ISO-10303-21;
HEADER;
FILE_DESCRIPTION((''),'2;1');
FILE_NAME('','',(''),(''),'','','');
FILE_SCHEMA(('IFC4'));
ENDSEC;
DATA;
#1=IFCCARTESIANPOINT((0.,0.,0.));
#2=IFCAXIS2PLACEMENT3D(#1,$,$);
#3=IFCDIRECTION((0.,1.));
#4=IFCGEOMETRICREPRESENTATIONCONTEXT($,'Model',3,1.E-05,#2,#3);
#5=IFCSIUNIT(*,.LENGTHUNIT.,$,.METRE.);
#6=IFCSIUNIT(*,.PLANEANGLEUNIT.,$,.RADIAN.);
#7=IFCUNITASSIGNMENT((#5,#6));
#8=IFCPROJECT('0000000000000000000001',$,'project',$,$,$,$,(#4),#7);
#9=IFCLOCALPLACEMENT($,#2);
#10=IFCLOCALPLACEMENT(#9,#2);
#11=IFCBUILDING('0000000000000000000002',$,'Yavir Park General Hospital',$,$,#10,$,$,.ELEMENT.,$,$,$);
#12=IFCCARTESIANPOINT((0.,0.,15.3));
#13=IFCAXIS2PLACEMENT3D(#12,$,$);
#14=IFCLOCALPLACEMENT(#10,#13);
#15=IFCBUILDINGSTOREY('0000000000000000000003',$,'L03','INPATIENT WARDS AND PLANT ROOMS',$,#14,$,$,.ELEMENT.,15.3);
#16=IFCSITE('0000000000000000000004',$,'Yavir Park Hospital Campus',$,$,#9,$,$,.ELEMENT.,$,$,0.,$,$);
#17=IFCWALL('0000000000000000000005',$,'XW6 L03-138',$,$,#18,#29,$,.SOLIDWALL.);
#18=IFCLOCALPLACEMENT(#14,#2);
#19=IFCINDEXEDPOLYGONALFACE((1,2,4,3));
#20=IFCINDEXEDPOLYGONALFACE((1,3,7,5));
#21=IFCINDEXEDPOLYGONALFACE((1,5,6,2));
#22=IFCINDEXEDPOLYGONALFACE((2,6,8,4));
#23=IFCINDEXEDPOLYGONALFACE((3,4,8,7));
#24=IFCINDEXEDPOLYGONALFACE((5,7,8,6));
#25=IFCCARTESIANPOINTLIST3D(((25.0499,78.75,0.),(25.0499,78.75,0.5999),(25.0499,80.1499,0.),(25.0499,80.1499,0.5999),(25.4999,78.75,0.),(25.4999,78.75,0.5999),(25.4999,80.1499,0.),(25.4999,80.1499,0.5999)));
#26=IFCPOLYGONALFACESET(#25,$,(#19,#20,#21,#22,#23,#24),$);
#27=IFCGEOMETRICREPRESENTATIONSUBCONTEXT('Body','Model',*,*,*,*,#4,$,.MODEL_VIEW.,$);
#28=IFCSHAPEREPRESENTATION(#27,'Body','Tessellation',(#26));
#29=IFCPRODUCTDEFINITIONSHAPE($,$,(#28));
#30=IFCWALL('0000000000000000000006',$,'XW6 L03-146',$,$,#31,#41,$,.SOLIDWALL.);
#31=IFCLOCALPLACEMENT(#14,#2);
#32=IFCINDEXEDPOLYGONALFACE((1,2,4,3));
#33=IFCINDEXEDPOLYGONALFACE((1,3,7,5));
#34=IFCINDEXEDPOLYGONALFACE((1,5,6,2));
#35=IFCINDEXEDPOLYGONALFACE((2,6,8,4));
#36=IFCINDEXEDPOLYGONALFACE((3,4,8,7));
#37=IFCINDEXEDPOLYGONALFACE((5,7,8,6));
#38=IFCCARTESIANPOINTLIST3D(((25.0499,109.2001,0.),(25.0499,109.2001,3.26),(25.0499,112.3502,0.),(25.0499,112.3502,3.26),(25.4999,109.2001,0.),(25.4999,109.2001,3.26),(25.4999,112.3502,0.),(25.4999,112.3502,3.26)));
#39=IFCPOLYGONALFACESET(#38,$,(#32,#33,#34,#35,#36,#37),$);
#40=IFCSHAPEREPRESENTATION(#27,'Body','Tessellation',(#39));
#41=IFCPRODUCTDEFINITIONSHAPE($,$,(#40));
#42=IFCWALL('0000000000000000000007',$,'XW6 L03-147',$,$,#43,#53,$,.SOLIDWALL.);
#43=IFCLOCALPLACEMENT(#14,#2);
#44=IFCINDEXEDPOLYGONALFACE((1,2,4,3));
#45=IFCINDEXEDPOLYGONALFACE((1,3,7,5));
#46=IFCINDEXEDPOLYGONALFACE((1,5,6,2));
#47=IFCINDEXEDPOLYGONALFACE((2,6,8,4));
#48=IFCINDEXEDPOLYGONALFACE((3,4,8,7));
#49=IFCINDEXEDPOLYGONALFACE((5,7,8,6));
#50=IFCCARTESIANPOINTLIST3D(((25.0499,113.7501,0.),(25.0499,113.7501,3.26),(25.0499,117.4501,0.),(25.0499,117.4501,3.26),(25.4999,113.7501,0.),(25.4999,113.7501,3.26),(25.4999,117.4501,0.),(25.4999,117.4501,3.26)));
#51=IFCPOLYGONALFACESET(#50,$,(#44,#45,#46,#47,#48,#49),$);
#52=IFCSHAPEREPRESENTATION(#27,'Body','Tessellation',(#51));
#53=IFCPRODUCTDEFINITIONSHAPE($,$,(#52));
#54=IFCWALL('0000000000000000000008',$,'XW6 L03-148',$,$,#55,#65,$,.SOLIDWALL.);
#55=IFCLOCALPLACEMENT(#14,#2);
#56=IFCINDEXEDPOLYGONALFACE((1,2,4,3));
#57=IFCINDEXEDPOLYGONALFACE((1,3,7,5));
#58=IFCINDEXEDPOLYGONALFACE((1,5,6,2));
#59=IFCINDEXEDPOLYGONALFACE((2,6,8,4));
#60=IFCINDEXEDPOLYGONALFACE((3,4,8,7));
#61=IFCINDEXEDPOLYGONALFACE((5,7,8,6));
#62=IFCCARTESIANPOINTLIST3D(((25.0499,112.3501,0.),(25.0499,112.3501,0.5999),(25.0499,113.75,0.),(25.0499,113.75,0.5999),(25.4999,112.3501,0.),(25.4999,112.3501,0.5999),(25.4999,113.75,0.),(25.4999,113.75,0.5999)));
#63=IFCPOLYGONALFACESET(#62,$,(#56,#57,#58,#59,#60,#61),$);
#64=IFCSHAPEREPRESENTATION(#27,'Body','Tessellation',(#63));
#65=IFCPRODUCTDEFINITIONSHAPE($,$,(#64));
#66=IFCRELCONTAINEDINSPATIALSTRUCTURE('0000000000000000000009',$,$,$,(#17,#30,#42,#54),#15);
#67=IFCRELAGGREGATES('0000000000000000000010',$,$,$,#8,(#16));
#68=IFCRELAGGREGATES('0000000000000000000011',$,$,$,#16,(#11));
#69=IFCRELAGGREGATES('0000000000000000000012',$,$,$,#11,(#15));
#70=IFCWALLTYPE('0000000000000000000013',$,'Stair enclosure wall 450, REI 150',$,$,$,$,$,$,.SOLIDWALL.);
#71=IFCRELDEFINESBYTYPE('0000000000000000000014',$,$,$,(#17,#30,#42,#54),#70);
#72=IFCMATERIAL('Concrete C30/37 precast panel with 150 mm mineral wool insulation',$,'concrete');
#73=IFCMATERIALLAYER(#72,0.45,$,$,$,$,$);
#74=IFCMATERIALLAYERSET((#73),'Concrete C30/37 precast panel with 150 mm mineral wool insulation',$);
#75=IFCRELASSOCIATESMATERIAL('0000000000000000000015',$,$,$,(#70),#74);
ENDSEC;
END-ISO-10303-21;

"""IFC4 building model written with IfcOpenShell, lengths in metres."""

from ifc_helpers import new_model, si_unit, direction, frame, frame_2d, origin, place, context, subcontext, project, spatial, rectangle, extrude, material, layer, layer_set, type_object, element, save


model = new_model("IFC4")

# Units and contexts
model_context = context("Model", 3, precision=1e-05, world=origin(), true_north=direction((0.0, 1.0)))
body_context = subcontext(model_context, "Body", "Model", "MODEL_VIEW")
ifc_project = project(units=[si_unit("LENGTHUNIT", "METRE"), si_unit("PLANEANGLEUNIT", "RADIAN")], contexts=[model_context])

# Site, building, storey
site_placement = place(None, origin())
site = spatial("IfcSite", under=ifc_project, at=site_placement, Name="Yavir Park Hospital Campus", CompositionType="ELEMENT", RefElevation=0.0)
building_placement = place(site_placement, origin())
building = spatial("IfcBuilding", under=site, at=building_placement, Name="Yavir Park General Hospital", CompositionType="ELEMENT")
storey_placement = place(building_placement, frame((0.0, 0.0, 15.3)))
storey = spatial("IfcBuildingStorey", under=building, at=storey_placement, Name="L03", Description="INPATIENT WARDS AND PLANT ROOMS", CompositionType="ELEMENT", Elevation=15.3)

# Walls
ifc_material_1 = material(Name="Concrete C30/37 precast panel with 150 mm mineral wool insulation", Category="concrete")
ifc_layer_1 = layer(ifc_material_1, 0.45)
ifc_layer_set_1 = layer_set([ifc_layer_1], Name="Concrete C30/37 precast panel with 150 mm mineral wool insulation")
wall_type_1 = type_object("IfcWallType", Name="Stair enclosure wall 450, REI 150", PredefinedType="SOLIDWALL", material=ifc_layer_set_1)
wall_1_placement = place(storey_placement, frame((25.2749, 78.75, 0.0), z_axis=(0.0, 0.0, 1.0), x_axis=(0.0, 1.0, 0.0)))
element("IfcWall", 1, at=wall_1_placement, inside=storey, type_object=wall_type_1, Name="XW6 L03-138", PredefinedType="SOLIDWALL", context=body_context, shape_type="SweptSolid", body=[
    extrude(rectangle(XDim=1.3999, YDim=0.45, at=frame_2d((0.7, 0.0))), origin(), (0.0, 0.0, 1.0), 0.5999),
])
wall_2_placement = place(storey_placement, frame((25.2749, 109.2, 0.0), z_axis=(0.0, 0.0, 1.0), x_axis=(0.0, 1.0, 0.0)))
element("IfcWall", 2, at=wall_2_placement, inside=storey, type_object=wall_type_1, Name="XW6 L03-146", PredefinedType="SOLIDWALL", context=body_context, shape_type="SweptSolid", body=[
    extrude(rectangle(XDim=3.1501, YDim=0.45, at=frame_2d((1.5752, 0.0))), origin(), (0.0, 0.0, 1.0), 3.26),
])
wall_3_placement = place(storey_placement, frame((25.2749, 113.75, 0.0), z_axis=(0.0, 0.0, 1.0), x_axis=(0.0, 1.0, 0.0)))
element("IfcWall", 3, at=wall_3_placement, inside=storey, type_object=wall_type_1, Name="XW6 L03-147", PredefinedType="SOLIDWALL", context=body_context, shape_type="SweptSolid", body=[
    extrude(rectangle(XDim=3.7, YDim=0.45, at=frame_2d((1.8501, 0.0))), origin(), (0.0, 0.0, 1.0), 3.26),
])
wall_4_placement = place(storey_placement, frame((25.2749, 112.3501, 0.0), z_axis=(0.0, 0.0, 1.0), x_axis=(0.0, 1.0, 0.0)))
element("IfcWall", 4, at=wall_4_placement, inside=storey, type_object=wall_type_1, Name="XW6 L03-148", PredefinedType="SOLIDWALL", context=body_context, shape_type="SweptSolid", body=[
    extrude(rectangle(XDim=1.3999, YDim=0.45, at=frame_2d((0.7, 0.0))), origin(), (0.0, 0.0, 1.0), 0.5999),
])

save(model, "model.ifc")
